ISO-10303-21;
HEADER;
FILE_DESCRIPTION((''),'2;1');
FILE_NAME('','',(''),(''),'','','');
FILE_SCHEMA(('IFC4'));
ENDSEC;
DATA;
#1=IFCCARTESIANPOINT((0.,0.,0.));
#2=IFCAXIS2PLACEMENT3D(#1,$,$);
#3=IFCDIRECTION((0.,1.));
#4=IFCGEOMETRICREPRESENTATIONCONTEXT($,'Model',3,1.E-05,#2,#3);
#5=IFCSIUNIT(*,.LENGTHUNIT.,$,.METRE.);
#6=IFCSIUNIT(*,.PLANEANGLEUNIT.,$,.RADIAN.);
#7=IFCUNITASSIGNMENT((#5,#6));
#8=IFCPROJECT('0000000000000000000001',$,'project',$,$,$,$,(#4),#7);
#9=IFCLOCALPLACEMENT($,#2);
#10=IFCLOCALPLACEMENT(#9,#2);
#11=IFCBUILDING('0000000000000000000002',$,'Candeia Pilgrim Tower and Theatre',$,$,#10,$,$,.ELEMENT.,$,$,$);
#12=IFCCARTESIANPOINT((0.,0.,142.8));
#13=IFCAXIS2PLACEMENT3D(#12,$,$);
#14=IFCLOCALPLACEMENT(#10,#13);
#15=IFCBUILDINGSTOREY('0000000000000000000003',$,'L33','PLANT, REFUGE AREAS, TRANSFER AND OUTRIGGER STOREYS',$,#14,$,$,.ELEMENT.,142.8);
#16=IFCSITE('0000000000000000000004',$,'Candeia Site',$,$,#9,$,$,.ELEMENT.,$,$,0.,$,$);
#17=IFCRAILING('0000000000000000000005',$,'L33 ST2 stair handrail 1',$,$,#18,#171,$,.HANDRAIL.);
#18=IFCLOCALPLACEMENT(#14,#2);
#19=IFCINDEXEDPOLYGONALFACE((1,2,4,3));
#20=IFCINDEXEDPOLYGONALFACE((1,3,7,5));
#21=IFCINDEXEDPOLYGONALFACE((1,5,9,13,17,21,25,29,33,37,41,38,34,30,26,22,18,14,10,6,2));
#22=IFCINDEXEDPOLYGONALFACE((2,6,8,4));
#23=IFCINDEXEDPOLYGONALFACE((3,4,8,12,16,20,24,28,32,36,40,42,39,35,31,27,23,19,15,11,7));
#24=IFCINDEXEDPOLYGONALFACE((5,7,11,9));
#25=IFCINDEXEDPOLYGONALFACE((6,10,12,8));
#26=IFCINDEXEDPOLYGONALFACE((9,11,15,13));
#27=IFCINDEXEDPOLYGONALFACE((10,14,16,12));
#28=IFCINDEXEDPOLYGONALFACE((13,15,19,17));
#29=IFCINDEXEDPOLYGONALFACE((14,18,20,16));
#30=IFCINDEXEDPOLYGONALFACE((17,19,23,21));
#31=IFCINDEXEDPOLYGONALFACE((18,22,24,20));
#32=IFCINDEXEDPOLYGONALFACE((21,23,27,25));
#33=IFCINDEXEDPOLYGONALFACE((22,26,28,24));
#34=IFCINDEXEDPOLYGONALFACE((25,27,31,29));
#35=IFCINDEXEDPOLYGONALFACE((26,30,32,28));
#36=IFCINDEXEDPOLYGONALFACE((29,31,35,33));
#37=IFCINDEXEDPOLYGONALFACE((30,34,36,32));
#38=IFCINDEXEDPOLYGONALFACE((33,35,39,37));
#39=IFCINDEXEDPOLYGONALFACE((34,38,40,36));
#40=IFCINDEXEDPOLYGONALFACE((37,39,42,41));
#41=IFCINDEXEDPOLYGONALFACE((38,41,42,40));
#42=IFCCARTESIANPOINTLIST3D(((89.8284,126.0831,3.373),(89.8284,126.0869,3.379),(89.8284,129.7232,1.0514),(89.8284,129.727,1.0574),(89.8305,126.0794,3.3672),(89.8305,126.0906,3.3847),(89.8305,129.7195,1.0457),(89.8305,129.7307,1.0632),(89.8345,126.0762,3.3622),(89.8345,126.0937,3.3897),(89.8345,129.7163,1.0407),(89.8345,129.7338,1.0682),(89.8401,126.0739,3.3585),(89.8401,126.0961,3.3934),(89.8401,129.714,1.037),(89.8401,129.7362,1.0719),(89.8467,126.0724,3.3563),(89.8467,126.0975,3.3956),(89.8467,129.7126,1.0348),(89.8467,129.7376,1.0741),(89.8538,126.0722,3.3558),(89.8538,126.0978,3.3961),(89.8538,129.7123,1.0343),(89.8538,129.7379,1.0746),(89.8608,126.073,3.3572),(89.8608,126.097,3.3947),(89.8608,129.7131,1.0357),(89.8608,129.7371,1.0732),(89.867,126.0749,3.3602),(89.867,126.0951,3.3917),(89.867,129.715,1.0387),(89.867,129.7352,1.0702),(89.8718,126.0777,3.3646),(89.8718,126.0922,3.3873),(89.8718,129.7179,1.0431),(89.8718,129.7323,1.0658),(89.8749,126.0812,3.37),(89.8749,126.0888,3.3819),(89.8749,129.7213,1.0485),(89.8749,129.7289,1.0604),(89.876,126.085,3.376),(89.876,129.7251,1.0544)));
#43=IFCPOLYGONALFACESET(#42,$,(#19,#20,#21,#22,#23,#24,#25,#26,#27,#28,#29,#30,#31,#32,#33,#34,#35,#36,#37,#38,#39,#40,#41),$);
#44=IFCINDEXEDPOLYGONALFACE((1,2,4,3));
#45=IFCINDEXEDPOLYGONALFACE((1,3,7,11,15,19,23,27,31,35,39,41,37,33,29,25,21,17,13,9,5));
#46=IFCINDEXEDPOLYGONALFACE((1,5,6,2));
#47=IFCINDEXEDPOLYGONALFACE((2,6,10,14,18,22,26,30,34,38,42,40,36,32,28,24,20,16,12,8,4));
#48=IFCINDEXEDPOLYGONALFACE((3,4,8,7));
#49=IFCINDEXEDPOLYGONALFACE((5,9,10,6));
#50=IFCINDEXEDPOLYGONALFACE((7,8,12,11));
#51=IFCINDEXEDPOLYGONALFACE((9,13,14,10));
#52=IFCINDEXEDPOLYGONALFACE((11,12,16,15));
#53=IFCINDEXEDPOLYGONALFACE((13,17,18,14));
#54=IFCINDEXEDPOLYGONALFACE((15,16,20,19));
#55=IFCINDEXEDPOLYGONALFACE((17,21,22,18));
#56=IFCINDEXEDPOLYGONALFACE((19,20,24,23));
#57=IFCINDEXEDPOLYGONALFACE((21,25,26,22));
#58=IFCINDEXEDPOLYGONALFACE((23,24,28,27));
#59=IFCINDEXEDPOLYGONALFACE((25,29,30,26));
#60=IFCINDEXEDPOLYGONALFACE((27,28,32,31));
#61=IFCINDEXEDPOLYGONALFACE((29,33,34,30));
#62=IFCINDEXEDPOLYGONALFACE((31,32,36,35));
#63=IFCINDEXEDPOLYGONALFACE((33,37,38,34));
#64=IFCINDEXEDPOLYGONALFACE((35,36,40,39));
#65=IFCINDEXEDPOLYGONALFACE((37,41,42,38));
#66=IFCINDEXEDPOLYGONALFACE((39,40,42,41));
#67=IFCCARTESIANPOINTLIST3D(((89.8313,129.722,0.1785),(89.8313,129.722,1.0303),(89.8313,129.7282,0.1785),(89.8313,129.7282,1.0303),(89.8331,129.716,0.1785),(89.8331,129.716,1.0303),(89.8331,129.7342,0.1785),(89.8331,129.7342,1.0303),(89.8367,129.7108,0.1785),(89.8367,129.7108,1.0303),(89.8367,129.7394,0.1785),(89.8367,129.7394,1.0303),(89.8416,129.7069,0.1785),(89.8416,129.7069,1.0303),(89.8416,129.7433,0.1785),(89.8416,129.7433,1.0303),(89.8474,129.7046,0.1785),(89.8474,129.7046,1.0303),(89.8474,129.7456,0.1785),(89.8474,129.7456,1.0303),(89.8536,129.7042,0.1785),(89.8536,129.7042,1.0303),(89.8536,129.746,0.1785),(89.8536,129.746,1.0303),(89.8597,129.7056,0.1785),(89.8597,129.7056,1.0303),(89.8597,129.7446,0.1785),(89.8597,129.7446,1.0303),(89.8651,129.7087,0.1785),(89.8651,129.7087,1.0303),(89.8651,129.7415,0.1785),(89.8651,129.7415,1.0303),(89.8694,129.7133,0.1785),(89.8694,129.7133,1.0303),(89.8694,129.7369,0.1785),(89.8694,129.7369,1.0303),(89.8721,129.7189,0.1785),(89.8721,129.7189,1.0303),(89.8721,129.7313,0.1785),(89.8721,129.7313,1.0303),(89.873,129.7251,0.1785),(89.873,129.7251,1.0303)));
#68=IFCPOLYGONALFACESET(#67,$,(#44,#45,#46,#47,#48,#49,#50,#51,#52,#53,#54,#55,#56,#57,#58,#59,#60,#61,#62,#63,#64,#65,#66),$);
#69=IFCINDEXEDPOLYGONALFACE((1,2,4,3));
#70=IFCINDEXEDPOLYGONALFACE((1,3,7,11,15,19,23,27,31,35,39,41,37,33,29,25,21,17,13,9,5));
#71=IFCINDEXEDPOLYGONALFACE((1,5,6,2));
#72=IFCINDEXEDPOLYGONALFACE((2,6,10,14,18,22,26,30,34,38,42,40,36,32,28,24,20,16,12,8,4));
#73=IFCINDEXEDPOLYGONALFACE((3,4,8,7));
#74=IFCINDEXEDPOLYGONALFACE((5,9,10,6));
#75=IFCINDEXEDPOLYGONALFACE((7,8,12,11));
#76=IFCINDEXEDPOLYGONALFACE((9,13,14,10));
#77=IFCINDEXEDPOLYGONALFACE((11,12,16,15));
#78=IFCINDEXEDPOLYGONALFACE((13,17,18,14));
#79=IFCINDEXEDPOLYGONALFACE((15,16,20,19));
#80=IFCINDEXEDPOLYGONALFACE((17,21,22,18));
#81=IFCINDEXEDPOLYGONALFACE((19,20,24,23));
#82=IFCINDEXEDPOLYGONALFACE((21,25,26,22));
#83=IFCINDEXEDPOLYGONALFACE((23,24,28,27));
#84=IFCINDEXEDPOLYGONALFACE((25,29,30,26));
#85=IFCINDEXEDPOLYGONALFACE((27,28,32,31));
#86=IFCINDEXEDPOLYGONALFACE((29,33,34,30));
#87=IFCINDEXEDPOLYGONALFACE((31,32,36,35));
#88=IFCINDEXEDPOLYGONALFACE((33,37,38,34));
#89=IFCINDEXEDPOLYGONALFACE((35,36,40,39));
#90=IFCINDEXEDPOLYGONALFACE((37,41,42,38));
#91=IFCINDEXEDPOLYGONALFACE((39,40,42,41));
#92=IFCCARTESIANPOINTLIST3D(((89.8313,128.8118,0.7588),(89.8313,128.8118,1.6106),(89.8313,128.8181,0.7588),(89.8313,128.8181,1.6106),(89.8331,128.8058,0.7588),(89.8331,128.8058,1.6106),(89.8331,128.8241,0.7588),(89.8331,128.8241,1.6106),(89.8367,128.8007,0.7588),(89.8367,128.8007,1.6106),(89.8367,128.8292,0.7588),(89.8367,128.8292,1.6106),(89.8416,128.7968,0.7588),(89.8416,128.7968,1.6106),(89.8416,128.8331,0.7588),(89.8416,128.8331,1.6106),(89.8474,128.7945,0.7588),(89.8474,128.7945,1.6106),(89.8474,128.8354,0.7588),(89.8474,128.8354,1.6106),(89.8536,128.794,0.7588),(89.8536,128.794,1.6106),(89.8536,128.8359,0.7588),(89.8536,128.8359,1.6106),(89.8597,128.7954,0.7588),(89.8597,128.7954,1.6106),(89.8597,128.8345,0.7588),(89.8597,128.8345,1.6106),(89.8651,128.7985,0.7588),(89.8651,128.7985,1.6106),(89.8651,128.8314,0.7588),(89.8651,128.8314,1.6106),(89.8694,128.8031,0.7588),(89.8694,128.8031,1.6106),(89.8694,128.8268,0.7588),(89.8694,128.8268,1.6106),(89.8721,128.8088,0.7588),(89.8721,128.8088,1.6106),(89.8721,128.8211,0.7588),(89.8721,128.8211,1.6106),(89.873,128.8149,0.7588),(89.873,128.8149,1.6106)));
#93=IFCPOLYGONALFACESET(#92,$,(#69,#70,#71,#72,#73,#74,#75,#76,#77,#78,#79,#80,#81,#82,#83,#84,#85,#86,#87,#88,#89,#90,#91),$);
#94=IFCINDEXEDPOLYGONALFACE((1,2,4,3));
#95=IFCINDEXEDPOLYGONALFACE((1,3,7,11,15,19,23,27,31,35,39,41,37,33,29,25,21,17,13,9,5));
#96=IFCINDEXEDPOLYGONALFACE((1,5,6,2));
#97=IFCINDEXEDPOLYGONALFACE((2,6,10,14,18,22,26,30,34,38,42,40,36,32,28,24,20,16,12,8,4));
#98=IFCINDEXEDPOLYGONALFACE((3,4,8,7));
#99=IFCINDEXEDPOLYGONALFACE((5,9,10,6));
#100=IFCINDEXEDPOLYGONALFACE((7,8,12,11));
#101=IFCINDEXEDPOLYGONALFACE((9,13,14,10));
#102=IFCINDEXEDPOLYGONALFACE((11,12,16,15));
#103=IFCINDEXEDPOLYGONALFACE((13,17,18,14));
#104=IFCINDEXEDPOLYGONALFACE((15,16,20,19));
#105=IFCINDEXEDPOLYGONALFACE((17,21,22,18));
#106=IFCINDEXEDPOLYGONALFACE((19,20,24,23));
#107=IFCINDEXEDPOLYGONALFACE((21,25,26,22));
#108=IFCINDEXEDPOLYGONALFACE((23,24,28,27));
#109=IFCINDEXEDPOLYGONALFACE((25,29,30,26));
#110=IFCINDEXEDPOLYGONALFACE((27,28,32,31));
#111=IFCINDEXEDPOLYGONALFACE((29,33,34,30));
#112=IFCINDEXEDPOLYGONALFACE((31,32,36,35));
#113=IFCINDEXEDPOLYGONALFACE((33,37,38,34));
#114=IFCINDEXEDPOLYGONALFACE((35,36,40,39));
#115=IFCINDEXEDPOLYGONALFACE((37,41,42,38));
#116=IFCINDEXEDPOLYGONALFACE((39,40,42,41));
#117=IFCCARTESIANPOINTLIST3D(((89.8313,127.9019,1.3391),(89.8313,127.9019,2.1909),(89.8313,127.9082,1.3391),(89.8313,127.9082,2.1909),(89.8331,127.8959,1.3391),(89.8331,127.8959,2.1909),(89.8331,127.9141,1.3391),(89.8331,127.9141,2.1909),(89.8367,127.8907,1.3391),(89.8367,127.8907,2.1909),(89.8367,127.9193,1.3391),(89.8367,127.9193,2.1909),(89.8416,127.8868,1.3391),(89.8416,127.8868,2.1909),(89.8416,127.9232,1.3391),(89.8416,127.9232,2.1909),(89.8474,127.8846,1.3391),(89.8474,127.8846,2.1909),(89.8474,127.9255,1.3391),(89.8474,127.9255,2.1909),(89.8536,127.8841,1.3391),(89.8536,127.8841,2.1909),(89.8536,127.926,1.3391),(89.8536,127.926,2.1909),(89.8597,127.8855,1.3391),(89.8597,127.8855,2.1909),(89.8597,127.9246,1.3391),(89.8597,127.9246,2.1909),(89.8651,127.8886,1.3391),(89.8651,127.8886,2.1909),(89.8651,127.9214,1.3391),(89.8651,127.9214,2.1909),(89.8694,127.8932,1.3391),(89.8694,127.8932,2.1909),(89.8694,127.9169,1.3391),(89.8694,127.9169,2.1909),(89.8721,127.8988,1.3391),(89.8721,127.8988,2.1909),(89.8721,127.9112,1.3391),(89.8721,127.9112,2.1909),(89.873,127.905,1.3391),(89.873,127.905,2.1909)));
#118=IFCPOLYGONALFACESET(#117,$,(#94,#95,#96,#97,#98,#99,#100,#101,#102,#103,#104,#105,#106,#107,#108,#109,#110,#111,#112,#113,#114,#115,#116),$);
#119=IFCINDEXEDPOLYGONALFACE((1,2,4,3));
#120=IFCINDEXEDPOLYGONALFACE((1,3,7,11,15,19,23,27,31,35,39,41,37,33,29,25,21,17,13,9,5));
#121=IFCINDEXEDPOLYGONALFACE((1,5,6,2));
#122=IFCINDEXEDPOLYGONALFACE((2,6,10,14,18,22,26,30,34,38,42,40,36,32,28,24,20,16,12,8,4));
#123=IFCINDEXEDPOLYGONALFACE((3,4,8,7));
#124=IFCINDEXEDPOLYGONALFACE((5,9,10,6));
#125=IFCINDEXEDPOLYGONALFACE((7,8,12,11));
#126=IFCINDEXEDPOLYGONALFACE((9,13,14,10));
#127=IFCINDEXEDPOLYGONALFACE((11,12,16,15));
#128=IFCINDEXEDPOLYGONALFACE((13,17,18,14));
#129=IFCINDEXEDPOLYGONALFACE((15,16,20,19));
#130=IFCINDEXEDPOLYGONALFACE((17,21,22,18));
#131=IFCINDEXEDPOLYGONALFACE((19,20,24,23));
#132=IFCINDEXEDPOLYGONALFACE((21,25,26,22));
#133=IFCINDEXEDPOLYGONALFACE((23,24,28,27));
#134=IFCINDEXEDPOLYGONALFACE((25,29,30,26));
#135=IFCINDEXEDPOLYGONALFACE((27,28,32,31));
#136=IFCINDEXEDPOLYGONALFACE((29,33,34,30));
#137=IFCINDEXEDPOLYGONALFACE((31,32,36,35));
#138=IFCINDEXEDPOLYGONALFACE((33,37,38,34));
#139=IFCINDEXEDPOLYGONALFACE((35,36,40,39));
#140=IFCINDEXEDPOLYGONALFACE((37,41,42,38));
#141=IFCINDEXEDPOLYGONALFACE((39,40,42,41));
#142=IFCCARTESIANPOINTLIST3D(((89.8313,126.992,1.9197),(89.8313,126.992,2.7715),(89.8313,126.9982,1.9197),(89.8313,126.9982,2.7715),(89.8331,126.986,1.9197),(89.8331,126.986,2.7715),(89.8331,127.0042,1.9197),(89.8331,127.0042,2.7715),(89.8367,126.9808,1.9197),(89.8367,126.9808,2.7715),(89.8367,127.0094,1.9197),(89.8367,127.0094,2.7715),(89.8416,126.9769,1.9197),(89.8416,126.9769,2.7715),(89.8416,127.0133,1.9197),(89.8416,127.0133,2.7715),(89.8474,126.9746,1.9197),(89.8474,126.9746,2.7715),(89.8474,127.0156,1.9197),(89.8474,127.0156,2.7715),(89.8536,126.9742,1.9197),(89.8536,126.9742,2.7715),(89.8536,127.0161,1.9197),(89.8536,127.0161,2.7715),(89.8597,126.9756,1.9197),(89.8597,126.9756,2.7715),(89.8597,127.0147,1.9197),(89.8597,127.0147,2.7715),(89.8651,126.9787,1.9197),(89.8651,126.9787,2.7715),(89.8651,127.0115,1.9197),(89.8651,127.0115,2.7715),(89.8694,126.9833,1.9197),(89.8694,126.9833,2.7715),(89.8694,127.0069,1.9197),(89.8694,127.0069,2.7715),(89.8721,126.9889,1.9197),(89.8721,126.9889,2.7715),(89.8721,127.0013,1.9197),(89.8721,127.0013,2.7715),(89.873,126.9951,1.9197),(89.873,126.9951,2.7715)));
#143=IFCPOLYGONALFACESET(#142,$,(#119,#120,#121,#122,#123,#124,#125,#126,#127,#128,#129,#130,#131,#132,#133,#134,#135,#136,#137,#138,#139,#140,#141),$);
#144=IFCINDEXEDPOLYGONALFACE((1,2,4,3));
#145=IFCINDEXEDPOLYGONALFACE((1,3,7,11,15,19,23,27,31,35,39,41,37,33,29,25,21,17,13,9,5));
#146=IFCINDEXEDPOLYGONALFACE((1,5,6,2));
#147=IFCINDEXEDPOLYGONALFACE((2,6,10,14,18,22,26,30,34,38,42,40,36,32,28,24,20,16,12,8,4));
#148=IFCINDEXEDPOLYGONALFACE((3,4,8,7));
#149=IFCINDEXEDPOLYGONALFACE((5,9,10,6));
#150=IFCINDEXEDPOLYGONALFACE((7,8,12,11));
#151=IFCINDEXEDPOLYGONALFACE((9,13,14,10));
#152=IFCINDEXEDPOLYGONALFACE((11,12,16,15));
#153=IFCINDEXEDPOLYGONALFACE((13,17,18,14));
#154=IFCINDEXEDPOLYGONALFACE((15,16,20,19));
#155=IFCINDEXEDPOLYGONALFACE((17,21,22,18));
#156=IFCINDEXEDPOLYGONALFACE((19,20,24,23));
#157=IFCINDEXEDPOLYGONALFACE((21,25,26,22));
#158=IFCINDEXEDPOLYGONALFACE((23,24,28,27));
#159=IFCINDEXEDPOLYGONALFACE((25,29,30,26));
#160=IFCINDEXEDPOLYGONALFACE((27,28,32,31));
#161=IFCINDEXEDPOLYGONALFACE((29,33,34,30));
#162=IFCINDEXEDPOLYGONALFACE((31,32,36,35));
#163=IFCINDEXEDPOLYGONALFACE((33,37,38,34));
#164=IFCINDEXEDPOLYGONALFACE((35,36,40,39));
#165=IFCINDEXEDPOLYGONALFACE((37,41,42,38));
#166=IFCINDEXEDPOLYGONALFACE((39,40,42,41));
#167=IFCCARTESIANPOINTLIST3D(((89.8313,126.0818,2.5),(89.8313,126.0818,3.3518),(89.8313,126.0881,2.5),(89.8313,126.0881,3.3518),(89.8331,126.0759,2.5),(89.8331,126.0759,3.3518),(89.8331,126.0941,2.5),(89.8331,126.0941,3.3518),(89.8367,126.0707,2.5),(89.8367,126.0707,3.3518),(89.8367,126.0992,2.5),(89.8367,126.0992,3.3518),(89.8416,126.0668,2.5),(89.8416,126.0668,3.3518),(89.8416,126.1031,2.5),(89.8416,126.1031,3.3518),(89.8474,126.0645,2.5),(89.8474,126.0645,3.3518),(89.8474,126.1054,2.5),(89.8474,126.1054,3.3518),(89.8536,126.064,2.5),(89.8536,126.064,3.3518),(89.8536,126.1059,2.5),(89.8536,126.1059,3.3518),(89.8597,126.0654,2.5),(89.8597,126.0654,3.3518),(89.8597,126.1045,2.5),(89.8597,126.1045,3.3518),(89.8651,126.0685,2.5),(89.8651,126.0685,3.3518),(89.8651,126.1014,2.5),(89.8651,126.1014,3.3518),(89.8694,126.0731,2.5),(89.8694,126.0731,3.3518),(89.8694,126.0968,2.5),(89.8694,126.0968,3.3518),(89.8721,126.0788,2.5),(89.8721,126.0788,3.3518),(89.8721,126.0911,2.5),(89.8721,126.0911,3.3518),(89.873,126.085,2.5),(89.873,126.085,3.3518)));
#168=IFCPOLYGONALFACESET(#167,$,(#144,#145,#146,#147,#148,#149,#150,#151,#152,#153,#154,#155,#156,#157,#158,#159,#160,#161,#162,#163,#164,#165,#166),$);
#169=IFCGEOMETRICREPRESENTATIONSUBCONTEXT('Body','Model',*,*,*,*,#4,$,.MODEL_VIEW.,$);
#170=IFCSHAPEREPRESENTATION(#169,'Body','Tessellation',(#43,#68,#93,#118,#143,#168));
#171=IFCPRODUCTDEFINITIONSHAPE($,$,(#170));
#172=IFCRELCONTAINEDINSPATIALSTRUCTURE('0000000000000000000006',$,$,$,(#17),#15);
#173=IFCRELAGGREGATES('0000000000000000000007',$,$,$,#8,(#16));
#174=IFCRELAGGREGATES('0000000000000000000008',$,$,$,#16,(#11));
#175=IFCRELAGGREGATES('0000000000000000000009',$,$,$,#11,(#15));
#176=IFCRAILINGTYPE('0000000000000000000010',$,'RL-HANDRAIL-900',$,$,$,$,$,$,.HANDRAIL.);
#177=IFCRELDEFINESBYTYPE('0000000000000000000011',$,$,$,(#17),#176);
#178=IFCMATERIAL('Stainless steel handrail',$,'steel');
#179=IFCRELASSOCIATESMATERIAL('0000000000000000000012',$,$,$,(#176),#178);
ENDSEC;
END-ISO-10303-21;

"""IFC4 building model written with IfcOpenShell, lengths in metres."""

from ifc_helpers import new_model, si_unit, direction, frame, origin, origin_2d, place, context, subcontext, project, spatial, circle, extrude, material, type_object, element, save


model = new_model("IFC4")

# Units and contexts
model_context = context("Model", 3, precision=1e-05, world=origin(), true_north=direction((0.0, 1.0)))
body_context = subcontext(model_context, "Body", "Model", "MODEL_VIEW")
ifc_project = project(units=[si_unit("LENGTHUNIT", "METRE"), si_unit("PLANEANGLEUNIT", "RADIAN")], contexts=[model_context])

# Site, building, storey
site_placement = place(None, origin())
site = spatial("IfcSite", under=ifc_project, at=site_placement, Name="Candeia Site", CompositionType="ELEMENT", RefElevation=0.0)
building_placement = place(site_placement, origin())
building = spatial("IfcBuilding", under=site, at=building_placement, Name="Candeia Pilgrim Tower and Theatre", CompositionType="ELEMENT")
storey_placement = place(building_placement, frame((0.0, 0.0, 142.8)))
storey = spatial("IfcBuildingStorey", under=building, at=storey_placement, Name="L33", Description="PLANT, REFUGE AREAS, TRANSFER AND OUTRIGGER STOREYS", CompositionType="ELEMENT", Elevation=142.8)

# Railing
ifc_material_1 = material(Name="Stainless steel handrail", Category="steel")
railing_type_1 = type_object("IfcRailingType", Name="RL-HANDRAIL-900", PredefinedType="HANDRAIL", material=ifc_material_1)
railing_1_placement = place(storey_placement, frame((89.8521, 129.7251, 0.1785)))
element("IfcRailing", 1, at=railing_1_placement, inside=storey, type_object=railing_type_1, Name="L33 ST2 stair handrail 1", PredefinedType="HANDRAIL", context=body_context, shape_type="SweptSolid", body=[
    extrude(circle(Radius=0.0239, at=origin_2d()), frame((0.0, 0.0, 0.876), z_axis=(0.0, -0.843128, 0.537713), x_axis=(1.0, 0.0, 0.0)), (0.0, 0.0, 1.0), 4.3174),
    extrude(circle(Radius=0.021, at=origin_2d()), origin(), (0.0, 0.0, 1.0), 0.8518),
    extrude(circle(Radius=0.021, at=origin_2d()), frame((0.0, -0.9102, 0.5803)), (0.0, 0.0, 1.0), 0.8518),
    extrude(circle(Radius=0.021, at=origin_2d()), frame((0.0, -1.8201, 1.1606)), (0.0, 0.0, 1.0), 0.8518),
    extrude(circle(Radius=0.021, at=origin_2d()), frame((0.0, -2.73, 1.7412)), (0.0, 0.0, 1.0), 0.8518),
    extrude(circle(Radius=0.021, at=origin_2d()), frame((0.0, -3.6401, 2.3215)), (0.0, 0.0, 1.0), 0.8518),
])

save(model, "model.ifc")
